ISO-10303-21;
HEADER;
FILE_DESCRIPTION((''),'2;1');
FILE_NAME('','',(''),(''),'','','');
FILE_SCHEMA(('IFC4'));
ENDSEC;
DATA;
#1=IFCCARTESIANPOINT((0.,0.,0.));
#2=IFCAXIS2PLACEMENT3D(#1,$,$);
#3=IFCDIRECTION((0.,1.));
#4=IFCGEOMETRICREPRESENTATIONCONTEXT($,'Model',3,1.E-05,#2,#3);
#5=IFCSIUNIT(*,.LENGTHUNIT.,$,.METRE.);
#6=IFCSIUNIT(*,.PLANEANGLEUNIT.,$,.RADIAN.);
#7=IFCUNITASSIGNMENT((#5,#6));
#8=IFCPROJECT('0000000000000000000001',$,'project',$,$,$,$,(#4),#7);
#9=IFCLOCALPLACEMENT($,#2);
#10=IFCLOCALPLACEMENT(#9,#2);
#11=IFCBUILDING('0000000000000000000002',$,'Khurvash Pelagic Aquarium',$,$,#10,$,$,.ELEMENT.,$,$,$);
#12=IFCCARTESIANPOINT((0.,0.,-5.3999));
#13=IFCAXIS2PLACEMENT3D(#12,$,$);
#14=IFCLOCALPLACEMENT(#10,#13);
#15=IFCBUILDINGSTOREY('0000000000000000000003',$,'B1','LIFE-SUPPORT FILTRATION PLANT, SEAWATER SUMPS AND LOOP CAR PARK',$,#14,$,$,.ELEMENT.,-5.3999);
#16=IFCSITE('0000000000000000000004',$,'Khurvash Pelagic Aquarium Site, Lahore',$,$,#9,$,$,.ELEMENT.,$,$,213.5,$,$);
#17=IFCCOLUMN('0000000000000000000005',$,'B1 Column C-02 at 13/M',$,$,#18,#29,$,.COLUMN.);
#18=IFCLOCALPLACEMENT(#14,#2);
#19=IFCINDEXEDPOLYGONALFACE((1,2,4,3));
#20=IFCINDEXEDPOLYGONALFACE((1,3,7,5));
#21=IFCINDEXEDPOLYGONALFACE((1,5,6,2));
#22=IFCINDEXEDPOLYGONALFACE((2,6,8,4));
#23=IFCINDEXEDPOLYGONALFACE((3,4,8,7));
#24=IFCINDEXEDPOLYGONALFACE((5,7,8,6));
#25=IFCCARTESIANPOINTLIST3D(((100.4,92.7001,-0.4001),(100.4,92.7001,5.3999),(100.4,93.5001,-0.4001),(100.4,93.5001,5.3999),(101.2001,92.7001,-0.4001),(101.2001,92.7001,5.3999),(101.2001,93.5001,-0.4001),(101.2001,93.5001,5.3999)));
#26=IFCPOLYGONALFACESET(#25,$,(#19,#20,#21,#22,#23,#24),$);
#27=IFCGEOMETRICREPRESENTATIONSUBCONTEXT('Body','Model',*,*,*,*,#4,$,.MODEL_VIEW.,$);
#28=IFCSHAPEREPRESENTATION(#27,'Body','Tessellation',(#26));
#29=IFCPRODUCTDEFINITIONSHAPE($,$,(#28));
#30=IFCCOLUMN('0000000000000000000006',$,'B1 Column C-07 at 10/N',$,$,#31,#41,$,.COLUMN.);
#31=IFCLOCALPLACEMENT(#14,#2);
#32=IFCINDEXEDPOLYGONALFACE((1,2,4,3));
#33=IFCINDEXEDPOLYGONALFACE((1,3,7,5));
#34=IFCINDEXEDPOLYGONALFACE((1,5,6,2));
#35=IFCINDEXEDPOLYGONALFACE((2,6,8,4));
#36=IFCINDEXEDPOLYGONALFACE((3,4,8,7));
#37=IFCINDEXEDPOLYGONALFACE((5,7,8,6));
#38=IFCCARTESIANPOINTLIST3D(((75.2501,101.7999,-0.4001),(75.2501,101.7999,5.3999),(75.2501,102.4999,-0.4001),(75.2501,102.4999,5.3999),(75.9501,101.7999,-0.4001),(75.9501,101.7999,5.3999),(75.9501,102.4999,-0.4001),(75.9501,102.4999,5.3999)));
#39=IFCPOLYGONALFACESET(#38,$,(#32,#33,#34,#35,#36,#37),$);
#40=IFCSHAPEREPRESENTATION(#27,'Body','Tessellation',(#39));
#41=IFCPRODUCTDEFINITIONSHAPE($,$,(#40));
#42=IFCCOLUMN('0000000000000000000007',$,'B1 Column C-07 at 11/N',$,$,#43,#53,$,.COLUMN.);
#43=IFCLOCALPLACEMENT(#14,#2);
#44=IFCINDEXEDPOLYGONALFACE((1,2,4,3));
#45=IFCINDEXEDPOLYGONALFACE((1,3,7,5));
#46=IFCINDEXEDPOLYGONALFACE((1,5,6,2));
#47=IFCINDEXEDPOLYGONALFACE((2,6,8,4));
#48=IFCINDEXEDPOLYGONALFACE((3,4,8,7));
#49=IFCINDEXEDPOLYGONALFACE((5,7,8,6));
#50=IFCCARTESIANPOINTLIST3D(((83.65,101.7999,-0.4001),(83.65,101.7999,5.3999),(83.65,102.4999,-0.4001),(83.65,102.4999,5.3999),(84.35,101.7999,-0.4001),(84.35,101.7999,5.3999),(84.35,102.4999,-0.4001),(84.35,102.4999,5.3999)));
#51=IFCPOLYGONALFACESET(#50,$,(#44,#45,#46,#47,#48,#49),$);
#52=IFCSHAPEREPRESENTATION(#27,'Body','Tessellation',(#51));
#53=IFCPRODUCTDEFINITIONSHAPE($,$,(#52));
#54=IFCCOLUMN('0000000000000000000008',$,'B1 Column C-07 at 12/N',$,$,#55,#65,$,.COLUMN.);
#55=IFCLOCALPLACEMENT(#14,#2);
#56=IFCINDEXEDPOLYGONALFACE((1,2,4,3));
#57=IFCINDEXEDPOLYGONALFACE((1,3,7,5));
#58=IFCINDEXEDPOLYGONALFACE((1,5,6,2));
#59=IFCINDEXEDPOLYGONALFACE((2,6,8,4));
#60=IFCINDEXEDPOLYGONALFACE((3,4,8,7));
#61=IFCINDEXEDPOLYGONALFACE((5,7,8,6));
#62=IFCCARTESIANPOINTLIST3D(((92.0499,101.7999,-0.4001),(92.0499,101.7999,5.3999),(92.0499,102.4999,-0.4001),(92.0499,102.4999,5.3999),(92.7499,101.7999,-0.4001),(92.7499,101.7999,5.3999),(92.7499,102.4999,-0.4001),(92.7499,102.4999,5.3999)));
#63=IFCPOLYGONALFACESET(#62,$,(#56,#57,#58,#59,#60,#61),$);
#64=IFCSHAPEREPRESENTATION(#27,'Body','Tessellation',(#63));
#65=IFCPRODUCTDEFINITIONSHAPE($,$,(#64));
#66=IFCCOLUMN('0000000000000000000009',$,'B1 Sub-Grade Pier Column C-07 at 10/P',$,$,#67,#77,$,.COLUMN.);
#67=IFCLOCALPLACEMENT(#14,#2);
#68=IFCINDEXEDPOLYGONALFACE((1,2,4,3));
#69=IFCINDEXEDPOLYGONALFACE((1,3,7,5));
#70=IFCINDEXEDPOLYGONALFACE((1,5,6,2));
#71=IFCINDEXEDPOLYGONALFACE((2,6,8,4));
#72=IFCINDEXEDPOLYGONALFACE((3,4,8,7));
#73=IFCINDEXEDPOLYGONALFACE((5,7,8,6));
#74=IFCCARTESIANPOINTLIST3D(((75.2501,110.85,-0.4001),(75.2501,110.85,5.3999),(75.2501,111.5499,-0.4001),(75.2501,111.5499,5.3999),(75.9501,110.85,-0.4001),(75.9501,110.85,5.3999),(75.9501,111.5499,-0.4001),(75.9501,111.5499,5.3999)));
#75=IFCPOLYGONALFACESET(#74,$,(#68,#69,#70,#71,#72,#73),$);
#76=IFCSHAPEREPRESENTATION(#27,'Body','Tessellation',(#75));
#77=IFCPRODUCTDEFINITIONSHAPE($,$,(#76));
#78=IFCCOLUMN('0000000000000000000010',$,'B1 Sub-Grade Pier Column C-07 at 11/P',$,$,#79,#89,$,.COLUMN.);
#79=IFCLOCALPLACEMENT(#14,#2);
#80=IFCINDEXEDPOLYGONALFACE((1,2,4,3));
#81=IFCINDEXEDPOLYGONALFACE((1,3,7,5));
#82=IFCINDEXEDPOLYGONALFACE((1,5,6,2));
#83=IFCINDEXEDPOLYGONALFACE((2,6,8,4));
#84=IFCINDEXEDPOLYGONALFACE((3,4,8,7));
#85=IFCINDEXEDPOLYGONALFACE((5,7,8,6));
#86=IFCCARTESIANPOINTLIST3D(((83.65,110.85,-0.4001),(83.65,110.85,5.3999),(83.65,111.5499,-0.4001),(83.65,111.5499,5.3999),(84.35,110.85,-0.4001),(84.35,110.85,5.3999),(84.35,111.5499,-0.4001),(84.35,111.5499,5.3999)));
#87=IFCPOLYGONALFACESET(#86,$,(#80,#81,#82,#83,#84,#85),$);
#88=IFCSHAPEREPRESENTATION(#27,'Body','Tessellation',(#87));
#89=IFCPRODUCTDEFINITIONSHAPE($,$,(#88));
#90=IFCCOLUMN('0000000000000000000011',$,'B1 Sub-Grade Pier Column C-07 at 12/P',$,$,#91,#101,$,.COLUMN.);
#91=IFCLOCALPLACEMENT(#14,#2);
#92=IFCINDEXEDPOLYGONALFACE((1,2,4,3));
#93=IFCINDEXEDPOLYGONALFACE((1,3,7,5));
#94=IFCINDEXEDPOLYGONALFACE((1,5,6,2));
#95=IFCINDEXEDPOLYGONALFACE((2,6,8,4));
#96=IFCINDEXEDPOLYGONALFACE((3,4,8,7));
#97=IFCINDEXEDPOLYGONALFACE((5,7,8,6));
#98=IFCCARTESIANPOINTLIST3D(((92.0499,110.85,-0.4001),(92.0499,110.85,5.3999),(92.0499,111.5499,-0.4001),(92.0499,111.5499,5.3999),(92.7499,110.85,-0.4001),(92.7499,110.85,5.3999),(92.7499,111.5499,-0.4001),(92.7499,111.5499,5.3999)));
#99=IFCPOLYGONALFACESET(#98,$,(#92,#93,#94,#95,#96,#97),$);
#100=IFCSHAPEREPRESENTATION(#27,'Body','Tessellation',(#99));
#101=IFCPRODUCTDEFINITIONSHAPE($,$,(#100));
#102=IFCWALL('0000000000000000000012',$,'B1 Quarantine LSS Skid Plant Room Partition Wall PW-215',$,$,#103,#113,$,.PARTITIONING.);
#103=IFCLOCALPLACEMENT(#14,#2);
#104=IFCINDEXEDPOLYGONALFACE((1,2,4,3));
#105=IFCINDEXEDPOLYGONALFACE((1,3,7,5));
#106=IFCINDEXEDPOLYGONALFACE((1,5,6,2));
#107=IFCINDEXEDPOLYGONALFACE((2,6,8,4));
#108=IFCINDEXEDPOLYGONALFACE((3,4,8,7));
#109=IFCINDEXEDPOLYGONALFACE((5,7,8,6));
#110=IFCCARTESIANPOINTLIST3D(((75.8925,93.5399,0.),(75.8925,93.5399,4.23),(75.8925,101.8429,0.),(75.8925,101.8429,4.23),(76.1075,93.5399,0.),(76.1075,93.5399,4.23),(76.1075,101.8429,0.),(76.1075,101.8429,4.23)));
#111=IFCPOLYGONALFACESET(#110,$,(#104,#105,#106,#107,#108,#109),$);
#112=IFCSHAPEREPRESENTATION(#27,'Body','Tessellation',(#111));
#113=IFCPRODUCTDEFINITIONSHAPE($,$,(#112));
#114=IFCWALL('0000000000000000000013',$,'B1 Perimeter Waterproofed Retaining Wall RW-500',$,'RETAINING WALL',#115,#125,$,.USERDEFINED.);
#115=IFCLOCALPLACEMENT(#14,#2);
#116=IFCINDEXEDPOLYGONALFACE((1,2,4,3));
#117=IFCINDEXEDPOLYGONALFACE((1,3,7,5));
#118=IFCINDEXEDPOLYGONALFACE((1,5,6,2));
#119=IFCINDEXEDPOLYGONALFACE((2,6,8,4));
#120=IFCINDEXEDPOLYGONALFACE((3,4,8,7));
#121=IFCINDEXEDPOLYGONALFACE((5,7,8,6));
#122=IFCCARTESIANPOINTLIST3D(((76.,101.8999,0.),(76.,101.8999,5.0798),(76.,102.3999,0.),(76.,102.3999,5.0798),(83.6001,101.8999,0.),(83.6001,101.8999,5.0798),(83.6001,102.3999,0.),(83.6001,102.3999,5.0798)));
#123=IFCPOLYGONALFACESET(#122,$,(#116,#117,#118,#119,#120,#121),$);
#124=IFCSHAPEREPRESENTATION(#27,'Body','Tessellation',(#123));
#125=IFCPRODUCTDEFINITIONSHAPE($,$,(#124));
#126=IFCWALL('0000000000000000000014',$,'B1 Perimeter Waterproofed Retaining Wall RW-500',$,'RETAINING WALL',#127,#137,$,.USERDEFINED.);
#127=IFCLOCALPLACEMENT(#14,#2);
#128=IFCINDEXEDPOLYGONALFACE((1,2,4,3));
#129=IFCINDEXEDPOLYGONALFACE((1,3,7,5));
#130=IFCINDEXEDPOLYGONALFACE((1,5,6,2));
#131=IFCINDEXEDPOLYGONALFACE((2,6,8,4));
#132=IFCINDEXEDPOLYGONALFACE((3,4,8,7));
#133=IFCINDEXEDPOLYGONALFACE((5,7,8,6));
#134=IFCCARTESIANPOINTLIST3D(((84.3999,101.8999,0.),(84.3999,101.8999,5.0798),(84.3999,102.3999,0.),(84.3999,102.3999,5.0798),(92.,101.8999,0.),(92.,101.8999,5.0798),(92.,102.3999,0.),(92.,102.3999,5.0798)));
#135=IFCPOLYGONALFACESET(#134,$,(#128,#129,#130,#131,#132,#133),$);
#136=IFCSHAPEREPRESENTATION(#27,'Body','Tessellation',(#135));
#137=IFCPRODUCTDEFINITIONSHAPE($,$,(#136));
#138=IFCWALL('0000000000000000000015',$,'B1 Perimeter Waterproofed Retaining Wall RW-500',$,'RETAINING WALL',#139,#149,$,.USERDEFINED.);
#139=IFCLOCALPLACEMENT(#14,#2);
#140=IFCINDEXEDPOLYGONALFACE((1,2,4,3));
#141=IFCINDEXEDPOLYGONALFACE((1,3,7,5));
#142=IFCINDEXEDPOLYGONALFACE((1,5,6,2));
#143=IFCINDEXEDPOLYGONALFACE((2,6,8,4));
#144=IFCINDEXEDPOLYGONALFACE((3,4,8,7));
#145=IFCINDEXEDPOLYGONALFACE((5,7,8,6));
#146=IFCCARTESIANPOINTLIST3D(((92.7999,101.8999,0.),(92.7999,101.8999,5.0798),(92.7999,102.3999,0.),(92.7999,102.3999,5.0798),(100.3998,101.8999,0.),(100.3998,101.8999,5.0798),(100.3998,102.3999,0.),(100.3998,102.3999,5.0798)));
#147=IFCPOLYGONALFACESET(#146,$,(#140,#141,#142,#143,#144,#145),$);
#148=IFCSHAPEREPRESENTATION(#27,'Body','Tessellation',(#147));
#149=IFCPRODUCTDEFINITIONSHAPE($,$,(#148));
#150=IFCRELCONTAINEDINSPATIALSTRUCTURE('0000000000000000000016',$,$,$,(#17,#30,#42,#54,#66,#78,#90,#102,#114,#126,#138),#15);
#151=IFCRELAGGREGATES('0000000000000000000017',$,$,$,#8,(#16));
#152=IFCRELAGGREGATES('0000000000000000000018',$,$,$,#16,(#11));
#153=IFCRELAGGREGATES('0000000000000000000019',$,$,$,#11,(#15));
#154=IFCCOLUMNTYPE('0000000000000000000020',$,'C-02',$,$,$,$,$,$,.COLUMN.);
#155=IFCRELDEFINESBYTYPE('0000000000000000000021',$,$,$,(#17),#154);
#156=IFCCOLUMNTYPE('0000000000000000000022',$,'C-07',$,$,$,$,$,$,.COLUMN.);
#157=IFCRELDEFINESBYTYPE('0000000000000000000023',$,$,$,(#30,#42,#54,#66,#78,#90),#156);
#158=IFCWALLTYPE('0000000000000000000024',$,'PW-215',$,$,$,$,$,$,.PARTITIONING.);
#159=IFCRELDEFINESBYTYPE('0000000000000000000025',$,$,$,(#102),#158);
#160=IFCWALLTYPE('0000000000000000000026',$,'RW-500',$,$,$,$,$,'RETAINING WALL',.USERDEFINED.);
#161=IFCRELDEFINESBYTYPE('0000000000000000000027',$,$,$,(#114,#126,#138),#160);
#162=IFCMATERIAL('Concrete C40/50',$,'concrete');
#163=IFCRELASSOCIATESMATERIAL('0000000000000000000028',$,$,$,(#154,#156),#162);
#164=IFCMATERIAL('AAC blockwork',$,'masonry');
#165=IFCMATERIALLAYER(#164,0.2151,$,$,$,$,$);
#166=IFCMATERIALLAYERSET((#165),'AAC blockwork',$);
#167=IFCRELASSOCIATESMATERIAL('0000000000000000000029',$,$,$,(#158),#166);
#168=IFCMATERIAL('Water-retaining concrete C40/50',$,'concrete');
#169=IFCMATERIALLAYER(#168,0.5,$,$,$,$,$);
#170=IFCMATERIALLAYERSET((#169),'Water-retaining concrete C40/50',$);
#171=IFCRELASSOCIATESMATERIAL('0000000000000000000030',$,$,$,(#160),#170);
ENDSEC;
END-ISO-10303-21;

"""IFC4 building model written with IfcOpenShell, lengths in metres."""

from ifc_helpers import new_model, si_unit, direction, frame, frame_2d, origin, origin_2d, place, context, subcontext, project, spatial, rectangle, extrude, material, layer, layer_set, material_profile, profile_set, type_object, element, save


model = new_model("IFC4")

# Units and contexts
model_context = context("Model", 3, precision=1e-05, world=origin(), true_north=direction((0.0, 1.0)))
body_context = subcontext(model_context, "Body", "Model", "MODEL_VIEW")
ifc_project = project(units=[si_unit("LENGTHUNIT", "METRE"), si_unit("PLANEANGLEUNIT", "RADIAN")], contexts=[model_context])

# Site, building, storey
site_placement = place(None, origin())
site = spatial("IfcSite", under=ifc_project, at=site_placement, Name="Khurvash Pelagic Aquarium Site, Lahore", CompositionType="ELEMENT", RefElevation=213.5)
building_placement = place(site_placement, origin())
building = spatial("IfcBuilding", under=site, at=building_placement, Name="Khurvash Pelagic Aquarium", CompositionType="ELEMENT")
storey_placement = place(building_placement, frame((0.0, 0.0, -5.3999)))
storey = spatial("IfcBuildingStorey", under=building, at=storey_placement, Name="B1", Description="LIFE-SUPPORT FILTRATION PLANT, SEAWATER SUMPS AND LOOP CAR PARK", CompositionType="ELEMENT", Elevation=-5.3999)

# Columns
ifc_material_1 = material(Name="Concrete C40/50", Category="concrete")
ifc_material_profile_1 = material_profile(ifc_material_1, rectangle(XDim=0.8, YDim=0.8, at=origin_2d()), Name="RC800X800")
ifc_profile_set_1 = profile_set([ifc_material_profile_1], Name="Concrete C40/50")
column_type_1 = type_object("IfcColumnType", Name="C-02", PredefinedType="COLUMN", material=ifc_profile_set_1)
column_placement = place(storey_placement, frame((100.8, 93.1001, -0.4001), z_axis=(0.0, 0.0, 1.0), x_axis=(1.0, 0.0, 0.0)))
element("IfcColumn", 1, at=column_placement, inside=storey, type_object=column_type_1, Name="B1 Column C-02 at 13/M", PredefinedType="COLUMN", context=body_context, shape_type="SweptSolid", body=[
    extrude(rectangle(XDim=0.8, YDim=0.8, at=origin_2d()), origin(), (0.0, 0.0, 1.0), 5.8),
])
ifc_material_profile_2 = material_profile(ifc_material_1, rectangle(XDim=0.7, YDim=0.7, at=origin_2d()), Name="RC700X700")
ifc_profile_set_2 = profile_set([ifc_material_profile_2], Name="Concrete C40/50")
column_type_2 = type_object("IfcColumnType", Name="C-07", PredefinedType="COLUMN", material=ifc_profile_set_2)
for number, where, z_axis, x_axis, name in (
    (2, (75.6001, 102.1499, -0.4001), (0.0, 0.0, 1.0), (1.0, 0.0, 0.0), "B1 Column C-07 at 10/N"),
    (3, (84.0, 102.1499, -0.4001), (0.0, 0.0, 1.0), (1.0, 0.0, 0.0), "B1 Column C-07 at 11/N"),
    (4, (92.3999, 102.1499, -0.4001), (0.0, 0.0, 1.0), (1.0, 0.0, 0.0), "B1 Column C-07 at 12/N"),
    (5, (75.6001, 111.2, -0.4001), (0.0, 0.0, 1.0), (1.0, 0.0, 0.0), "B1 Sub-Grade Pier Column C-07 at 10/P"),
    (6, (84.0, 111.2, -0.4001), (0.0, 0.0, 1.0), (1.0, 0.0, 0.0), "B1 Sub-Grade Pier Column C-07 at 11/P"),
    (7, (92.3999, 111.2, -0.4001), (0.0, 0.0, 1.0), (1.0, 0.0, 0.0), "B1 Sub-Grade Pier Column C-07 at 12/P"),
):
    element("IfcColumn", number, at=place(storey_placement, frame(where, z_axis=z_axis, x_axis=x_axis)), inside=storey, type_object=column_type_2, Name=name, PredefinedType="COLUMN", context=body_context, shape_type="SweptSolid", body=[
        extrude(rectangle(XDim=0.7, YDim=0.7, at=origin_2d()), origin(), (0.0, 0.0, 1.0), 5.8),
    ])

# Walls
ifc_material_2 = material(Name="AAC blockwork", Category="masonry")
ifc_layer_1 = layer(ifc_material_2, 0.2151)
ifc_layer_set_1 = layer_set([ifc_layer_1], Name="AAC blockwork")
wall_type_1 = type_object("IfcWallType", Name="PW-215", PredefinedType="PARTITIONING", material=ifc_layer_set_1)
wall_1_placement = place(storey_placement, frame((76.0, 93.54, 0.0), z_axis=(0.0, 0.0, 1.0), x_axis=(0.0, 1.0, 0.0)))
element("IfcWall", 8, at=wall_1_placement, inside=storey, type_object=wall_type_1, Name="B1 Quarantine LSS Skid Plant Room Partition Wall PW-215", PredefinedType="PARTITIONING", context=body_context, shape_type="SweptSolid", body=[
    extrude(rectangle(XDim=8.303, YDim=0.2151, at=frame_2d((4.1514, 0.0))), origin(), (0.0, 0.0, 1.0), 4.23),
])
ifc_material_3 = material(Name="Water-retaining concrete C40/50", Category="concrete")
ifc_layer_2 = layer(ifc_material_3, 0.5)
ifc_layer_set_2 = layer_set([ifc_layer_2], Name="Water-retaining concrete C40/50")
wall_type_2 = type_object("IfcWallType", Name="RW-500", ElementType="RETAINING WALL", PredefinedType="USERDEFINED", material=ifc_layer_set_2)
for number, where, z_axis, x_axis, name in (
    (9, (76.0, 102.1499, 0.0), (0.0, 0.0, 1.0), (1.0, 0.0, 0.0), "B1 Perimeter Waterproofed Retaining Wall RW-500"),
    (10, (84.3999, 102.1499, 0.0), (0.0, 0.0, 1.0), (1.0, 0.0, 0.0), "B1 Perimeter Waterproofed Retaining Wall RW-500"),
):
    element("IfcWall", number, at=place(storey_placement, frame(where, z_axis=z_axis, x_axis=x_axis)), inside=storey, type_object=wall_type_2, Name=name, ObjectType="RETAINING WALL", PredefinedType="USERDEFINED", context=body_context, shape_type="SweptSolid", body=[
        extrude(rectangle(XDim=7.6001, YDim=0.5, at=frame_2d((3.8, 0.0))), origin(), (0.0, 0.0, 1.0), 5.0798),
    ])
wall_2_placement = place(storey_placement, frame((92.8, 102.1499, 0.0), z_axis=(0.0, 0.0, 1.0), x_axis=(1.0, 0.0, 0.0)))
element("IfcWall", 11, at=wall_2_placement, inside=storey, type_object=wall_type_2, Name="B1 Perimeter Waterproofed Retaining Wall RW-500", ObjectType="RETAINING WALL", PredefinedType="USERDEFINED", context=body_context, shape_type="SweptSolid", body=[
    extrude(rectangle(XDim=7.5999, YDim=0.5, at=frame_2d((3.7998, 0.0))), origin(), (0.0, 0.0, 1.0), 5.0798),
])

save(model, "model.ifc")
